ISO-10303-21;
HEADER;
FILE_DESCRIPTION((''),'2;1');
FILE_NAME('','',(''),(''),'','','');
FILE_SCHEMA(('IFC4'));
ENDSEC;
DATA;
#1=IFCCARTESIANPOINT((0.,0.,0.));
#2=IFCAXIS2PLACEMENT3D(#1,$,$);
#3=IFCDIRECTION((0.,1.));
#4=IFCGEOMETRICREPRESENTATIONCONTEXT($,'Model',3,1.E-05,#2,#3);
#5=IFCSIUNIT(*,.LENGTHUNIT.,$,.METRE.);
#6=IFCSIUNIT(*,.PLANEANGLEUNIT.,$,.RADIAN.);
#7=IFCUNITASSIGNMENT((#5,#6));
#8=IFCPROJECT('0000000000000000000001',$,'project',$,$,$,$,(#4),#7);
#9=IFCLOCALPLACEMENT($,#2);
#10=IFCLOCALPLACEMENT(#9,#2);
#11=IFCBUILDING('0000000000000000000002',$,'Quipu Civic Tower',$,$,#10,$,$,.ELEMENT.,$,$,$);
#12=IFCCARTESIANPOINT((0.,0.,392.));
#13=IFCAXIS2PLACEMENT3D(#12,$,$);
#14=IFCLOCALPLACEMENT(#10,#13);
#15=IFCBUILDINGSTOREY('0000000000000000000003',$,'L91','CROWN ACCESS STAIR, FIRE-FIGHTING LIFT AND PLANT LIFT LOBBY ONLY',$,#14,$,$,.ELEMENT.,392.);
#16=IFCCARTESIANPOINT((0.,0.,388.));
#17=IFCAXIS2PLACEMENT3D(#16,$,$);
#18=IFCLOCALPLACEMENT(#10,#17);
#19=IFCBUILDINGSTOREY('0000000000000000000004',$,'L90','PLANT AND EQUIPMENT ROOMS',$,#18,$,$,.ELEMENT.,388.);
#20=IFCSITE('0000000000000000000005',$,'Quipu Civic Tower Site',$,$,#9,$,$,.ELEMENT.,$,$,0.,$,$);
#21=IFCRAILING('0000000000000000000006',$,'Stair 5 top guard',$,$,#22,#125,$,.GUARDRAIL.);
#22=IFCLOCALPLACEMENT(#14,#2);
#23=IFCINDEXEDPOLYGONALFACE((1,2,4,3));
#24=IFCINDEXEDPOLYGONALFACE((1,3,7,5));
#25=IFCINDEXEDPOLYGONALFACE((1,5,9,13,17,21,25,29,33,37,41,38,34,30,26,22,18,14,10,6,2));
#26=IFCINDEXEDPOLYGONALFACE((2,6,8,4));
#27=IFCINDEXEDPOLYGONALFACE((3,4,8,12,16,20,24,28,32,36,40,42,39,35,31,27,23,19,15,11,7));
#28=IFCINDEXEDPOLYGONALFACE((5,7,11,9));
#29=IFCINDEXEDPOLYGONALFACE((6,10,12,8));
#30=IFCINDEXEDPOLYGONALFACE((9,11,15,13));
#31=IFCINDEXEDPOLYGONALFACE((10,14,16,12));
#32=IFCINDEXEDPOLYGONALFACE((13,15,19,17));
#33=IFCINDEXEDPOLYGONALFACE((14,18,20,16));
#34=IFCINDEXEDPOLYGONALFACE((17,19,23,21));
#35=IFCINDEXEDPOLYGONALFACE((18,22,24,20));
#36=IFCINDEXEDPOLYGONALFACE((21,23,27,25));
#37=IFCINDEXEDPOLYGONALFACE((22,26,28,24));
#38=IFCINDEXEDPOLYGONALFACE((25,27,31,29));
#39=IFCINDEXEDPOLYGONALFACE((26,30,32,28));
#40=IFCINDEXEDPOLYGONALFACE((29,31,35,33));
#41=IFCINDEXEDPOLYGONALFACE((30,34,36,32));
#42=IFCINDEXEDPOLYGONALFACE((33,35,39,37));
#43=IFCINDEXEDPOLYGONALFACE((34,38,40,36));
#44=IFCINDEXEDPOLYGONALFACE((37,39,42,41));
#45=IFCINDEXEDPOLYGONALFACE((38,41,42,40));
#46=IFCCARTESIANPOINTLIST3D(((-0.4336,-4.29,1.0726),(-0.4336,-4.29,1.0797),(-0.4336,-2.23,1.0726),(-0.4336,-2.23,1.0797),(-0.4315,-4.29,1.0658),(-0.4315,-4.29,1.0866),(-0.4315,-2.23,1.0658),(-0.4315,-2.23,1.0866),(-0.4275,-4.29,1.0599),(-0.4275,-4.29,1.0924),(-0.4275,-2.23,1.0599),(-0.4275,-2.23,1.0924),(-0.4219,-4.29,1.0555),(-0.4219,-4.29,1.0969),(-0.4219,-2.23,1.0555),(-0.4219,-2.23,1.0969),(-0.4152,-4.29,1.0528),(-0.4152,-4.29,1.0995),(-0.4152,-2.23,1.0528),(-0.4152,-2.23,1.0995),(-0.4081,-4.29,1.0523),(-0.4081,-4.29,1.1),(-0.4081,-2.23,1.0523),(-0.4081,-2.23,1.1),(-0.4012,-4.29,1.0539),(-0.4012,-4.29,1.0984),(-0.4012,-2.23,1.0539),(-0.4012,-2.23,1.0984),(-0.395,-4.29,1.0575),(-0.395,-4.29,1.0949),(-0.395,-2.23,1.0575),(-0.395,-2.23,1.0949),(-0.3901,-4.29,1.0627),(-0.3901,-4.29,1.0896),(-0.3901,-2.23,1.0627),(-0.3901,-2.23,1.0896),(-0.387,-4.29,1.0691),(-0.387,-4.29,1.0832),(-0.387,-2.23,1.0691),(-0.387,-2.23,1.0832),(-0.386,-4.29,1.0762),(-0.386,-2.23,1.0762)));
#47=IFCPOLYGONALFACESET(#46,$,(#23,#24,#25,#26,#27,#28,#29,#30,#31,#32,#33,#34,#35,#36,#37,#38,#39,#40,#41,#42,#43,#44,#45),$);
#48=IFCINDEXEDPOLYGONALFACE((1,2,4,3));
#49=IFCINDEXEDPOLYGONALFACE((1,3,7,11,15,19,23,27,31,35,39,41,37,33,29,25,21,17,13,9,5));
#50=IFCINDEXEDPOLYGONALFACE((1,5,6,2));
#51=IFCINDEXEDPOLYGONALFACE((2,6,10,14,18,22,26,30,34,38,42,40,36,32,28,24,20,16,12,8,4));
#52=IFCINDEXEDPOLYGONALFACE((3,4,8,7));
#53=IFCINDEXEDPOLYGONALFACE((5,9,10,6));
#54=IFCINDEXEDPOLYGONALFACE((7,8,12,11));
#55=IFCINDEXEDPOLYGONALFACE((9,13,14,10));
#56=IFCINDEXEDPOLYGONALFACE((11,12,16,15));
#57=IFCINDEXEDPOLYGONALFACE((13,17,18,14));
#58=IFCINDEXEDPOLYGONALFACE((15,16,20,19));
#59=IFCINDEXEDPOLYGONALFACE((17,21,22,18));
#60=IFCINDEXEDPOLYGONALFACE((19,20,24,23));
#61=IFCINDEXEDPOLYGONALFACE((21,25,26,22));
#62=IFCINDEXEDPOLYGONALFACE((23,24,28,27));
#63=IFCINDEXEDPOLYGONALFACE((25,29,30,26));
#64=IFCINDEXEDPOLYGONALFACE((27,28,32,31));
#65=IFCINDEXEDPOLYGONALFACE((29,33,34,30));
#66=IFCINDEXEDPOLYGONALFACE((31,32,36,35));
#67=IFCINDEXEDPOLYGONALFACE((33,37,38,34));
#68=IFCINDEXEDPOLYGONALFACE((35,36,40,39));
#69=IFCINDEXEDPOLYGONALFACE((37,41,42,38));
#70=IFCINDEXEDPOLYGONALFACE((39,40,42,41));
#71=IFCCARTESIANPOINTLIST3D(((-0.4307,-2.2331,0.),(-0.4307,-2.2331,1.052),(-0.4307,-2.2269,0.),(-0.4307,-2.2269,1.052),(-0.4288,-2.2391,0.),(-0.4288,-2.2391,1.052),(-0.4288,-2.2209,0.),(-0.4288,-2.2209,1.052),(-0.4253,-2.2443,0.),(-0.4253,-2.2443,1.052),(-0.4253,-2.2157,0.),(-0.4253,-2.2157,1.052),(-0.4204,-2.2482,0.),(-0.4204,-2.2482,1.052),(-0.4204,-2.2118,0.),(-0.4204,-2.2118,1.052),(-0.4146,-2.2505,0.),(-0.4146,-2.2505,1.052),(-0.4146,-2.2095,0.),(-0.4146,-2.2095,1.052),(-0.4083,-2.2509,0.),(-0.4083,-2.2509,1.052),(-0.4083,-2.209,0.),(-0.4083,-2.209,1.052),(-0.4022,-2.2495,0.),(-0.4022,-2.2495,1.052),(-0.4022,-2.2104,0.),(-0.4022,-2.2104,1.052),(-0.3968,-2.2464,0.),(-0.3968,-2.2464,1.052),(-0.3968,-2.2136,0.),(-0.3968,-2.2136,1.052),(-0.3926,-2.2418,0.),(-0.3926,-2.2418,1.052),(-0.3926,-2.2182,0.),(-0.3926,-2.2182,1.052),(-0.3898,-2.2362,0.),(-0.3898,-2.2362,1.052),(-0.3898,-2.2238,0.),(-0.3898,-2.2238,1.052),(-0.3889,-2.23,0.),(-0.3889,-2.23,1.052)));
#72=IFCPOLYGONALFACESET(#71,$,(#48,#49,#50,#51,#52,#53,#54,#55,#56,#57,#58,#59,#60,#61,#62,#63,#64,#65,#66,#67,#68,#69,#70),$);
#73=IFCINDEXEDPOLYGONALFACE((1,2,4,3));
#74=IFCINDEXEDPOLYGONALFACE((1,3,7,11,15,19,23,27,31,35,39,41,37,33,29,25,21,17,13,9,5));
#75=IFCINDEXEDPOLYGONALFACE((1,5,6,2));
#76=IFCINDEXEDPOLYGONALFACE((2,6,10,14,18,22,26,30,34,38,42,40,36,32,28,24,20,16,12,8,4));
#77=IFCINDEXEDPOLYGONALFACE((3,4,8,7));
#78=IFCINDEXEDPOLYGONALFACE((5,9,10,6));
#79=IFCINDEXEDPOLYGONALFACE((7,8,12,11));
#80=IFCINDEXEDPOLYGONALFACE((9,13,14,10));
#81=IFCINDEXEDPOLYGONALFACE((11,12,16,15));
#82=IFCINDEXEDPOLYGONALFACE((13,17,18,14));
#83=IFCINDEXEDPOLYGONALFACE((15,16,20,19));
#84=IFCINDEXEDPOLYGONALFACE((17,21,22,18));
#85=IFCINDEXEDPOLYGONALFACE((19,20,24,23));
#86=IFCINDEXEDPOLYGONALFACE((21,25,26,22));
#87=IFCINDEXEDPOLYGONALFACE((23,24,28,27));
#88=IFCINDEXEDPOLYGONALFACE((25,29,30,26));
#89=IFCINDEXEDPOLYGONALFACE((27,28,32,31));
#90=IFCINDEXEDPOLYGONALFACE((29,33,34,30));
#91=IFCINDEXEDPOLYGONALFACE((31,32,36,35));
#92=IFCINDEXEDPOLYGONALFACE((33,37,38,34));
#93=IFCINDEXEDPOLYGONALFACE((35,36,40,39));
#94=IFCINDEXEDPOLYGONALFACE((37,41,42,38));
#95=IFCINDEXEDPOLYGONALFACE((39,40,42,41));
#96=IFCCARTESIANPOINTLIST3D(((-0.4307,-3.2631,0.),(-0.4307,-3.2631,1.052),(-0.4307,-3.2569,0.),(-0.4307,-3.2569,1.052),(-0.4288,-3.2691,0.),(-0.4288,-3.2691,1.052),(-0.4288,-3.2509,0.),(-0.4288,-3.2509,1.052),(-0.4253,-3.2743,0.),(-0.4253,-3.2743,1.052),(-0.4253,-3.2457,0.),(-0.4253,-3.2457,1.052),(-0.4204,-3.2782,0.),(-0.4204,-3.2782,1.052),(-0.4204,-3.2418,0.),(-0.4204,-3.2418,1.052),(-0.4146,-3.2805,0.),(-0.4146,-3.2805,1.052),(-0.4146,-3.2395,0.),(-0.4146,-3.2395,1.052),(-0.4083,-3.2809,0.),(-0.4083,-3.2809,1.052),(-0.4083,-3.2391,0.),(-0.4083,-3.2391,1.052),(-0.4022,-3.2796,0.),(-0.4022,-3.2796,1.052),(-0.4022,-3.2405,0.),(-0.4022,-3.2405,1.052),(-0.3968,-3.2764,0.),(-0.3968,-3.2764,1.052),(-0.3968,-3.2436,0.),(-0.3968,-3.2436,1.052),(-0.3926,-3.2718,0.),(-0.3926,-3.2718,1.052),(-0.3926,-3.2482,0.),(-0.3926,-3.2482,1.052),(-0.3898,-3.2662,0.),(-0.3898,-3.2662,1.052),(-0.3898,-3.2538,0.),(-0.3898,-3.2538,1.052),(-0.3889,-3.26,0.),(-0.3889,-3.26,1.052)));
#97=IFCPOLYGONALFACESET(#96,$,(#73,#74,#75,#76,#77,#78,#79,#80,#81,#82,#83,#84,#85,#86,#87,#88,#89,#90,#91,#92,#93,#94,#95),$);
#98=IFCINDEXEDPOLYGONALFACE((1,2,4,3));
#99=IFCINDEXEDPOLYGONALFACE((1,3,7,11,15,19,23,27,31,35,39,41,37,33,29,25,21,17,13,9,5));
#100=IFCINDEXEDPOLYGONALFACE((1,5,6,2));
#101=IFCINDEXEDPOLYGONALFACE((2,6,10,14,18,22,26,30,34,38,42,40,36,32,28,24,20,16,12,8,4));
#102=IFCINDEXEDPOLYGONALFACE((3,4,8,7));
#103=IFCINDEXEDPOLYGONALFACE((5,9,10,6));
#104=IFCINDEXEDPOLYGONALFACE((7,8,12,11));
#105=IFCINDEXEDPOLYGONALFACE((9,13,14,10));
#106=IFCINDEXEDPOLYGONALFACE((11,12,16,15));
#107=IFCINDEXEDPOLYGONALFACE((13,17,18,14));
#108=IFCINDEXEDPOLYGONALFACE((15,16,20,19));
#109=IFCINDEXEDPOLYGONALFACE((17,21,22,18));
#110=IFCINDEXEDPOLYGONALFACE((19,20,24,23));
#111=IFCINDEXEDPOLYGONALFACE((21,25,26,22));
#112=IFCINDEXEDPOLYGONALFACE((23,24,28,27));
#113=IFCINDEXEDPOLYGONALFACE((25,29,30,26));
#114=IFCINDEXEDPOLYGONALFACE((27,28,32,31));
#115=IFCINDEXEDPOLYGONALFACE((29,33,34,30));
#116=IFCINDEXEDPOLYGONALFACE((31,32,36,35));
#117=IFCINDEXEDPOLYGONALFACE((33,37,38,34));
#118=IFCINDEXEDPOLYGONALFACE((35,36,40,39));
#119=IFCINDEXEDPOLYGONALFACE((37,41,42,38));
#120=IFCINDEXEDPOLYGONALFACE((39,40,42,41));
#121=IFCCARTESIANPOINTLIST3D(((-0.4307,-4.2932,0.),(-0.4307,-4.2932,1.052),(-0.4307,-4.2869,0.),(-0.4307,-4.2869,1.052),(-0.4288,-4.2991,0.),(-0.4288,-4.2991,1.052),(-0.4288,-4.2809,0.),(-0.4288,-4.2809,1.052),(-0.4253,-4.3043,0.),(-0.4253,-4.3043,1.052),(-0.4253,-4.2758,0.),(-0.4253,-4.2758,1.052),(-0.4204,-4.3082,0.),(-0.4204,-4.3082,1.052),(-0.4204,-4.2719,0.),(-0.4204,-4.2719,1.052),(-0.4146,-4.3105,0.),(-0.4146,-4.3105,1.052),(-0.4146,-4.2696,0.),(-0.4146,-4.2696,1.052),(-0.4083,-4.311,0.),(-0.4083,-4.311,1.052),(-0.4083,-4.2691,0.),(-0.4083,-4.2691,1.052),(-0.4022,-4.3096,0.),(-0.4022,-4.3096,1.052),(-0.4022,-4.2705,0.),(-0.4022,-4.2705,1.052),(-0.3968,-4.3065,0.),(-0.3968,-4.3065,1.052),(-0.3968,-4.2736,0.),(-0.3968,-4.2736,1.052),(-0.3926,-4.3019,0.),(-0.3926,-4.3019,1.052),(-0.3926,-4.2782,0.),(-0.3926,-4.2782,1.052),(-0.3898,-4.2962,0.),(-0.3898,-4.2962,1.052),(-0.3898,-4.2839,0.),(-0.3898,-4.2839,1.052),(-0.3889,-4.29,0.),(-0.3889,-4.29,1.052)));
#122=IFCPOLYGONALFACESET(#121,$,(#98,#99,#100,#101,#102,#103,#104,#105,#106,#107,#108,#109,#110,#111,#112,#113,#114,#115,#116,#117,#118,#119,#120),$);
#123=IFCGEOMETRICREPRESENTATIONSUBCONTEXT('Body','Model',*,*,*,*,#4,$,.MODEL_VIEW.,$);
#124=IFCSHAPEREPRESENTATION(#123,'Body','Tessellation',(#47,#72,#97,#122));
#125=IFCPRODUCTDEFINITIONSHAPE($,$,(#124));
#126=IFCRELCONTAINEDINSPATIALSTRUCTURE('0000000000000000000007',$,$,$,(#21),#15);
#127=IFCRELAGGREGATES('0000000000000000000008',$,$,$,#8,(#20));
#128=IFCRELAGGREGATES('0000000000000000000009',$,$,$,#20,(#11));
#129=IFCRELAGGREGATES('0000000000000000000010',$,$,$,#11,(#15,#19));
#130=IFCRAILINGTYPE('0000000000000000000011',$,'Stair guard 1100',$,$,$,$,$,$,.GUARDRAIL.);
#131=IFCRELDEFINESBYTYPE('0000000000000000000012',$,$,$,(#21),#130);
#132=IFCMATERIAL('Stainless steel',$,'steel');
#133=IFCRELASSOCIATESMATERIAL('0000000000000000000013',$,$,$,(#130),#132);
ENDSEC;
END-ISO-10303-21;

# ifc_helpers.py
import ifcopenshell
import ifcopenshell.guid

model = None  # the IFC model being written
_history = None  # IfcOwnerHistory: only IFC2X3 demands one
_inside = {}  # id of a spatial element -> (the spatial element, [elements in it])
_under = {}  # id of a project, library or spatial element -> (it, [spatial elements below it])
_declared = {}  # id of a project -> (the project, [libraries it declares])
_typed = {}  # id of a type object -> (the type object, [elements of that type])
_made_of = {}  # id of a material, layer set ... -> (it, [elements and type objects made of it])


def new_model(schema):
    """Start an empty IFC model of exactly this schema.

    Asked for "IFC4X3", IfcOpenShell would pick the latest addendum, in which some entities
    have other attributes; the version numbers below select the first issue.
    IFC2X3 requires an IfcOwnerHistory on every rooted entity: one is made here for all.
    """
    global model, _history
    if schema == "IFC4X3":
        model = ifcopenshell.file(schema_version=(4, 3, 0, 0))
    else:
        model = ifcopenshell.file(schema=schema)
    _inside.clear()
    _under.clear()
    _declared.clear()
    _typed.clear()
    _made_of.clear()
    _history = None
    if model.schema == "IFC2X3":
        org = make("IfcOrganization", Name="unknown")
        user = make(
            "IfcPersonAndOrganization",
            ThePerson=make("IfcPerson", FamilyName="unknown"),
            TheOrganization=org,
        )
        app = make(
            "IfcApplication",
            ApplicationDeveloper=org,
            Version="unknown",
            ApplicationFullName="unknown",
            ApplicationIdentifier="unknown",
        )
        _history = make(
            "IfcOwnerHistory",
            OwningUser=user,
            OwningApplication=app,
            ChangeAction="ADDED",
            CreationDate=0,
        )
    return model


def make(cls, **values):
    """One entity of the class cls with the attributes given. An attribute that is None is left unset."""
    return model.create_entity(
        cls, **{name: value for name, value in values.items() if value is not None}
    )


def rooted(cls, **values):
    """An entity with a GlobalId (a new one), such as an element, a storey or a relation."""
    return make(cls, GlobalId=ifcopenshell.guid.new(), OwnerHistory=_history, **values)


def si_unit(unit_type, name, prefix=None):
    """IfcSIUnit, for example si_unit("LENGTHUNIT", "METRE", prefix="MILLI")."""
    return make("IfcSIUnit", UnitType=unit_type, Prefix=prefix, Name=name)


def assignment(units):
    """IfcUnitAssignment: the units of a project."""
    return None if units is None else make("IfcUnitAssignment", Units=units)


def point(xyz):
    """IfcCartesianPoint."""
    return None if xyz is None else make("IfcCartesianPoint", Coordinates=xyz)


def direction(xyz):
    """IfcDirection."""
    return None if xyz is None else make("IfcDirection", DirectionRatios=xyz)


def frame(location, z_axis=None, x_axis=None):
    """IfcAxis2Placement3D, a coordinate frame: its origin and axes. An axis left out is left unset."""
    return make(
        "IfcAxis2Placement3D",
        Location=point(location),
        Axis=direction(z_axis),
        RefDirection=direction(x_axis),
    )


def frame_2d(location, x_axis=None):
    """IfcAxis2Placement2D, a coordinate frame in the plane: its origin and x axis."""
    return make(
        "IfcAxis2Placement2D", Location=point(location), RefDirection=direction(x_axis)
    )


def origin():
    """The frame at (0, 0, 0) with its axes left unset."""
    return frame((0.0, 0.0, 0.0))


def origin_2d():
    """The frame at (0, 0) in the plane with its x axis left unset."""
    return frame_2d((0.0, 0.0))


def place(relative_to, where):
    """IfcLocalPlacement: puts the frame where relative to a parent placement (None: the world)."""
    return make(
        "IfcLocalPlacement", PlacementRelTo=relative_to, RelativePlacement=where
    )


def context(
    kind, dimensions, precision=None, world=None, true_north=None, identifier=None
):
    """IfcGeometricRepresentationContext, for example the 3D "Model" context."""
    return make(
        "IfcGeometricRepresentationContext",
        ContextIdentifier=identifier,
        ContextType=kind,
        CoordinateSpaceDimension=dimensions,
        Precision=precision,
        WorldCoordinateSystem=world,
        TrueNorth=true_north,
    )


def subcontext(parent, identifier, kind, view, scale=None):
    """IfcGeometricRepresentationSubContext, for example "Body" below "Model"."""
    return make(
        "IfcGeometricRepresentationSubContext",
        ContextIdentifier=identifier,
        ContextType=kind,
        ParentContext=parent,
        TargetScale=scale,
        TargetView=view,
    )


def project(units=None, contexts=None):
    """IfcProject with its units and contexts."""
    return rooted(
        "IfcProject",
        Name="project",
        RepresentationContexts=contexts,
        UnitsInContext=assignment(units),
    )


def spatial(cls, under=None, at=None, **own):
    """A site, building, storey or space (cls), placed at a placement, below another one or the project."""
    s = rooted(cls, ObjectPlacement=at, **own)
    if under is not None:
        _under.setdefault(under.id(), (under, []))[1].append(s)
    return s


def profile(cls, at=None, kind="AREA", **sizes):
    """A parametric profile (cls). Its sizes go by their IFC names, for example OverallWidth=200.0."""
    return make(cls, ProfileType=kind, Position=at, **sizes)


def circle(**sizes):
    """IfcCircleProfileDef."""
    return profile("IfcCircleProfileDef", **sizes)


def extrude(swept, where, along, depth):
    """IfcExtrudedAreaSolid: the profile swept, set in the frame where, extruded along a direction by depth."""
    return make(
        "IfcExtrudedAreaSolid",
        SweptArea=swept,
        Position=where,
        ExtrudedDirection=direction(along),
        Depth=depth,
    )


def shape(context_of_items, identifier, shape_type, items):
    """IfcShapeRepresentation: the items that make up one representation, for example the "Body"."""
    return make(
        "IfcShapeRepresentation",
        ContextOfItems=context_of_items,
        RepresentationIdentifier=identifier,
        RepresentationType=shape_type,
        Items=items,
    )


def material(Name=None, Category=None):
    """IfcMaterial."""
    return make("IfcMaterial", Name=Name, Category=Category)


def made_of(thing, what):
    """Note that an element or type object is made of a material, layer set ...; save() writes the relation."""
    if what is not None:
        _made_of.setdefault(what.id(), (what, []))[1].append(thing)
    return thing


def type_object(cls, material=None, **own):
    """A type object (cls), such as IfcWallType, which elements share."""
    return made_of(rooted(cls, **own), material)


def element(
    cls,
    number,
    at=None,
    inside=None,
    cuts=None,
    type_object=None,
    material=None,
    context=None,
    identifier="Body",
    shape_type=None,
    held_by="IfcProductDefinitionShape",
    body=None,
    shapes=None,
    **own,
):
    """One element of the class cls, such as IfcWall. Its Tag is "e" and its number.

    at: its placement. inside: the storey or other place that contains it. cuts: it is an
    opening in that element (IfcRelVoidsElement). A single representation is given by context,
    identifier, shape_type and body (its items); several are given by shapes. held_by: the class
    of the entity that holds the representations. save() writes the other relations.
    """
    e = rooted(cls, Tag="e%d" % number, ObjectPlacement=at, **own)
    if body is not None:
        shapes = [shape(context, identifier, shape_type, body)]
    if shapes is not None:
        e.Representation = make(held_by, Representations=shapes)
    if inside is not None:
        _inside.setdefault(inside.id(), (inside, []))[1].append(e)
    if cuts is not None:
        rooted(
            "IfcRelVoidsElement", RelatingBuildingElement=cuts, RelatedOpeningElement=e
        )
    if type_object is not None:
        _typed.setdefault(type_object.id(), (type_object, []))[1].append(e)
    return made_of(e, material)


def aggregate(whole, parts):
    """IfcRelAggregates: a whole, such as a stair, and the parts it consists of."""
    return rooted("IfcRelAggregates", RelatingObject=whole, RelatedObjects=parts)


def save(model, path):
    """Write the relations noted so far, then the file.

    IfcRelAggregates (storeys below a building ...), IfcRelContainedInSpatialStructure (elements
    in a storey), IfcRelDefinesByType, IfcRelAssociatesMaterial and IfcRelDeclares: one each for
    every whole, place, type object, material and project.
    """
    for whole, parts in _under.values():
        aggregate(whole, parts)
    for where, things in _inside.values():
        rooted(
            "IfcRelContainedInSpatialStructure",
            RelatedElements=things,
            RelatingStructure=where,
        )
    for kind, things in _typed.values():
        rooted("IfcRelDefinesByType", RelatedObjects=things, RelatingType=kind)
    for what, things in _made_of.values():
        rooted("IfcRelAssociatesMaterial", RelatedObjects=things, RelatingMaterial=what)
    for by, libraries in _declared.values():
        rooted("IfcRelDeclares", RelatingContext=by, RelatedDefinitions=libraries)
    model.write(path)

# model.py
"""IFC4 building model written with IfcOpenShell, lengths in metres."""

from ifc_helpers import new_model, si_unit, direction, frame, origin, origin_2d, place, context, subcontext, project, spatial, circle, extrude, material, type_object, element, save


model = new_model("IFC4")

# Units and contexts
model_context = context("Model", 3, precision=1e-05, world=origin(), true_north=direction((0.0, 1.0)))
body_context = subcontext(model_context, "Body", "Model", "MODEL_VIEW")
ifc_project = project(units=[si_unit("LENGTHUNIT", "METRE"), si_unit("PLANEANGLEUNIT", "RADIAN")], contexts=[model_context])

# Site, building, storey
site_placement = place(None, origin())
site = spatial("IfcSite", under=ifc_project, at=site_placement, Name="Quipu Civic Tower Site", CompositionType="ELEMENT", RefElevation=0.0)
building_placement = place(site_placement, origin())
building = spatial("IfcBuilding", under=site, at=building_placement, Name="Quipu Civic Tower", CompositionType="ELEMENT")
storey_1_placement = place(building_placement, frame((0.0, 0.0, 392.0)))
storey_1 = spatial("IfcBuildingStorey", under=building, at=storey_1_placement, Name="L91", Description="CROWN ACCESS STAIR, FIRE-FIGHTING LIFT AND PLANT LIFT LOBBY ONLY", CompositionType="ELEMENT", Elevation=392.0)

# Shared definitions
storey_2_placement = place(building_placement, frame((0.0, 0.0, 388.0)))
storey_2 = spatial("IfcBuildingStorey", under=building, at=storey_2_placement, Name="L90", Description="PLANT AND EQUIPMENT ROOMS", CompositionType="ELEMENT", Elevation=388.0)

# Railing
ifc_material_1 = material(Name="Stainless steel", Category="steel")
railing_type = type_object("IfcRailingType", Name="Stair guard 1100", PredefinedType="GUARDRAIL", material=ifc_material_1)
railing_1_placement = place(storey_1_placement, frame((-0.4099, -2.23, 0.0)))
element("IfcRailing", 1, at=railing_1_placement, inside=storey_1, type_object=railing_type, Name="Stair 5 top guard", PredefinedType="GUARDRAIL", context=body_context, shape_type="SweptSolid", body=[
    extrude(circle(Radius=0.0239, at=origin_2d()), frame((0.0, 0.0, 1.0762), z_axis=(0.0, -1.0, 0.0), x_axis=(1.0, 0.0, 0.0)), (0.0, 0.0, 1.0), 2.0601),
    extrude(circle(Radius=0.021, at=origin_2d()), origin(), (0.0, 0.0, 1.0), 1.052),
    extrude(circle(Radius=0.021, at=origin_2d()), frame((0.0, -1.03, 0.0)), (0.0, 0.0, 1.0), 1.052),
    extrude(circle(Radius=0.021, at=origin_2d()), frame((0.0, -2.0601, 0.0)), (0.0, 0.0, 1.0), 1.052),
])

save(model, "model.ifc")
